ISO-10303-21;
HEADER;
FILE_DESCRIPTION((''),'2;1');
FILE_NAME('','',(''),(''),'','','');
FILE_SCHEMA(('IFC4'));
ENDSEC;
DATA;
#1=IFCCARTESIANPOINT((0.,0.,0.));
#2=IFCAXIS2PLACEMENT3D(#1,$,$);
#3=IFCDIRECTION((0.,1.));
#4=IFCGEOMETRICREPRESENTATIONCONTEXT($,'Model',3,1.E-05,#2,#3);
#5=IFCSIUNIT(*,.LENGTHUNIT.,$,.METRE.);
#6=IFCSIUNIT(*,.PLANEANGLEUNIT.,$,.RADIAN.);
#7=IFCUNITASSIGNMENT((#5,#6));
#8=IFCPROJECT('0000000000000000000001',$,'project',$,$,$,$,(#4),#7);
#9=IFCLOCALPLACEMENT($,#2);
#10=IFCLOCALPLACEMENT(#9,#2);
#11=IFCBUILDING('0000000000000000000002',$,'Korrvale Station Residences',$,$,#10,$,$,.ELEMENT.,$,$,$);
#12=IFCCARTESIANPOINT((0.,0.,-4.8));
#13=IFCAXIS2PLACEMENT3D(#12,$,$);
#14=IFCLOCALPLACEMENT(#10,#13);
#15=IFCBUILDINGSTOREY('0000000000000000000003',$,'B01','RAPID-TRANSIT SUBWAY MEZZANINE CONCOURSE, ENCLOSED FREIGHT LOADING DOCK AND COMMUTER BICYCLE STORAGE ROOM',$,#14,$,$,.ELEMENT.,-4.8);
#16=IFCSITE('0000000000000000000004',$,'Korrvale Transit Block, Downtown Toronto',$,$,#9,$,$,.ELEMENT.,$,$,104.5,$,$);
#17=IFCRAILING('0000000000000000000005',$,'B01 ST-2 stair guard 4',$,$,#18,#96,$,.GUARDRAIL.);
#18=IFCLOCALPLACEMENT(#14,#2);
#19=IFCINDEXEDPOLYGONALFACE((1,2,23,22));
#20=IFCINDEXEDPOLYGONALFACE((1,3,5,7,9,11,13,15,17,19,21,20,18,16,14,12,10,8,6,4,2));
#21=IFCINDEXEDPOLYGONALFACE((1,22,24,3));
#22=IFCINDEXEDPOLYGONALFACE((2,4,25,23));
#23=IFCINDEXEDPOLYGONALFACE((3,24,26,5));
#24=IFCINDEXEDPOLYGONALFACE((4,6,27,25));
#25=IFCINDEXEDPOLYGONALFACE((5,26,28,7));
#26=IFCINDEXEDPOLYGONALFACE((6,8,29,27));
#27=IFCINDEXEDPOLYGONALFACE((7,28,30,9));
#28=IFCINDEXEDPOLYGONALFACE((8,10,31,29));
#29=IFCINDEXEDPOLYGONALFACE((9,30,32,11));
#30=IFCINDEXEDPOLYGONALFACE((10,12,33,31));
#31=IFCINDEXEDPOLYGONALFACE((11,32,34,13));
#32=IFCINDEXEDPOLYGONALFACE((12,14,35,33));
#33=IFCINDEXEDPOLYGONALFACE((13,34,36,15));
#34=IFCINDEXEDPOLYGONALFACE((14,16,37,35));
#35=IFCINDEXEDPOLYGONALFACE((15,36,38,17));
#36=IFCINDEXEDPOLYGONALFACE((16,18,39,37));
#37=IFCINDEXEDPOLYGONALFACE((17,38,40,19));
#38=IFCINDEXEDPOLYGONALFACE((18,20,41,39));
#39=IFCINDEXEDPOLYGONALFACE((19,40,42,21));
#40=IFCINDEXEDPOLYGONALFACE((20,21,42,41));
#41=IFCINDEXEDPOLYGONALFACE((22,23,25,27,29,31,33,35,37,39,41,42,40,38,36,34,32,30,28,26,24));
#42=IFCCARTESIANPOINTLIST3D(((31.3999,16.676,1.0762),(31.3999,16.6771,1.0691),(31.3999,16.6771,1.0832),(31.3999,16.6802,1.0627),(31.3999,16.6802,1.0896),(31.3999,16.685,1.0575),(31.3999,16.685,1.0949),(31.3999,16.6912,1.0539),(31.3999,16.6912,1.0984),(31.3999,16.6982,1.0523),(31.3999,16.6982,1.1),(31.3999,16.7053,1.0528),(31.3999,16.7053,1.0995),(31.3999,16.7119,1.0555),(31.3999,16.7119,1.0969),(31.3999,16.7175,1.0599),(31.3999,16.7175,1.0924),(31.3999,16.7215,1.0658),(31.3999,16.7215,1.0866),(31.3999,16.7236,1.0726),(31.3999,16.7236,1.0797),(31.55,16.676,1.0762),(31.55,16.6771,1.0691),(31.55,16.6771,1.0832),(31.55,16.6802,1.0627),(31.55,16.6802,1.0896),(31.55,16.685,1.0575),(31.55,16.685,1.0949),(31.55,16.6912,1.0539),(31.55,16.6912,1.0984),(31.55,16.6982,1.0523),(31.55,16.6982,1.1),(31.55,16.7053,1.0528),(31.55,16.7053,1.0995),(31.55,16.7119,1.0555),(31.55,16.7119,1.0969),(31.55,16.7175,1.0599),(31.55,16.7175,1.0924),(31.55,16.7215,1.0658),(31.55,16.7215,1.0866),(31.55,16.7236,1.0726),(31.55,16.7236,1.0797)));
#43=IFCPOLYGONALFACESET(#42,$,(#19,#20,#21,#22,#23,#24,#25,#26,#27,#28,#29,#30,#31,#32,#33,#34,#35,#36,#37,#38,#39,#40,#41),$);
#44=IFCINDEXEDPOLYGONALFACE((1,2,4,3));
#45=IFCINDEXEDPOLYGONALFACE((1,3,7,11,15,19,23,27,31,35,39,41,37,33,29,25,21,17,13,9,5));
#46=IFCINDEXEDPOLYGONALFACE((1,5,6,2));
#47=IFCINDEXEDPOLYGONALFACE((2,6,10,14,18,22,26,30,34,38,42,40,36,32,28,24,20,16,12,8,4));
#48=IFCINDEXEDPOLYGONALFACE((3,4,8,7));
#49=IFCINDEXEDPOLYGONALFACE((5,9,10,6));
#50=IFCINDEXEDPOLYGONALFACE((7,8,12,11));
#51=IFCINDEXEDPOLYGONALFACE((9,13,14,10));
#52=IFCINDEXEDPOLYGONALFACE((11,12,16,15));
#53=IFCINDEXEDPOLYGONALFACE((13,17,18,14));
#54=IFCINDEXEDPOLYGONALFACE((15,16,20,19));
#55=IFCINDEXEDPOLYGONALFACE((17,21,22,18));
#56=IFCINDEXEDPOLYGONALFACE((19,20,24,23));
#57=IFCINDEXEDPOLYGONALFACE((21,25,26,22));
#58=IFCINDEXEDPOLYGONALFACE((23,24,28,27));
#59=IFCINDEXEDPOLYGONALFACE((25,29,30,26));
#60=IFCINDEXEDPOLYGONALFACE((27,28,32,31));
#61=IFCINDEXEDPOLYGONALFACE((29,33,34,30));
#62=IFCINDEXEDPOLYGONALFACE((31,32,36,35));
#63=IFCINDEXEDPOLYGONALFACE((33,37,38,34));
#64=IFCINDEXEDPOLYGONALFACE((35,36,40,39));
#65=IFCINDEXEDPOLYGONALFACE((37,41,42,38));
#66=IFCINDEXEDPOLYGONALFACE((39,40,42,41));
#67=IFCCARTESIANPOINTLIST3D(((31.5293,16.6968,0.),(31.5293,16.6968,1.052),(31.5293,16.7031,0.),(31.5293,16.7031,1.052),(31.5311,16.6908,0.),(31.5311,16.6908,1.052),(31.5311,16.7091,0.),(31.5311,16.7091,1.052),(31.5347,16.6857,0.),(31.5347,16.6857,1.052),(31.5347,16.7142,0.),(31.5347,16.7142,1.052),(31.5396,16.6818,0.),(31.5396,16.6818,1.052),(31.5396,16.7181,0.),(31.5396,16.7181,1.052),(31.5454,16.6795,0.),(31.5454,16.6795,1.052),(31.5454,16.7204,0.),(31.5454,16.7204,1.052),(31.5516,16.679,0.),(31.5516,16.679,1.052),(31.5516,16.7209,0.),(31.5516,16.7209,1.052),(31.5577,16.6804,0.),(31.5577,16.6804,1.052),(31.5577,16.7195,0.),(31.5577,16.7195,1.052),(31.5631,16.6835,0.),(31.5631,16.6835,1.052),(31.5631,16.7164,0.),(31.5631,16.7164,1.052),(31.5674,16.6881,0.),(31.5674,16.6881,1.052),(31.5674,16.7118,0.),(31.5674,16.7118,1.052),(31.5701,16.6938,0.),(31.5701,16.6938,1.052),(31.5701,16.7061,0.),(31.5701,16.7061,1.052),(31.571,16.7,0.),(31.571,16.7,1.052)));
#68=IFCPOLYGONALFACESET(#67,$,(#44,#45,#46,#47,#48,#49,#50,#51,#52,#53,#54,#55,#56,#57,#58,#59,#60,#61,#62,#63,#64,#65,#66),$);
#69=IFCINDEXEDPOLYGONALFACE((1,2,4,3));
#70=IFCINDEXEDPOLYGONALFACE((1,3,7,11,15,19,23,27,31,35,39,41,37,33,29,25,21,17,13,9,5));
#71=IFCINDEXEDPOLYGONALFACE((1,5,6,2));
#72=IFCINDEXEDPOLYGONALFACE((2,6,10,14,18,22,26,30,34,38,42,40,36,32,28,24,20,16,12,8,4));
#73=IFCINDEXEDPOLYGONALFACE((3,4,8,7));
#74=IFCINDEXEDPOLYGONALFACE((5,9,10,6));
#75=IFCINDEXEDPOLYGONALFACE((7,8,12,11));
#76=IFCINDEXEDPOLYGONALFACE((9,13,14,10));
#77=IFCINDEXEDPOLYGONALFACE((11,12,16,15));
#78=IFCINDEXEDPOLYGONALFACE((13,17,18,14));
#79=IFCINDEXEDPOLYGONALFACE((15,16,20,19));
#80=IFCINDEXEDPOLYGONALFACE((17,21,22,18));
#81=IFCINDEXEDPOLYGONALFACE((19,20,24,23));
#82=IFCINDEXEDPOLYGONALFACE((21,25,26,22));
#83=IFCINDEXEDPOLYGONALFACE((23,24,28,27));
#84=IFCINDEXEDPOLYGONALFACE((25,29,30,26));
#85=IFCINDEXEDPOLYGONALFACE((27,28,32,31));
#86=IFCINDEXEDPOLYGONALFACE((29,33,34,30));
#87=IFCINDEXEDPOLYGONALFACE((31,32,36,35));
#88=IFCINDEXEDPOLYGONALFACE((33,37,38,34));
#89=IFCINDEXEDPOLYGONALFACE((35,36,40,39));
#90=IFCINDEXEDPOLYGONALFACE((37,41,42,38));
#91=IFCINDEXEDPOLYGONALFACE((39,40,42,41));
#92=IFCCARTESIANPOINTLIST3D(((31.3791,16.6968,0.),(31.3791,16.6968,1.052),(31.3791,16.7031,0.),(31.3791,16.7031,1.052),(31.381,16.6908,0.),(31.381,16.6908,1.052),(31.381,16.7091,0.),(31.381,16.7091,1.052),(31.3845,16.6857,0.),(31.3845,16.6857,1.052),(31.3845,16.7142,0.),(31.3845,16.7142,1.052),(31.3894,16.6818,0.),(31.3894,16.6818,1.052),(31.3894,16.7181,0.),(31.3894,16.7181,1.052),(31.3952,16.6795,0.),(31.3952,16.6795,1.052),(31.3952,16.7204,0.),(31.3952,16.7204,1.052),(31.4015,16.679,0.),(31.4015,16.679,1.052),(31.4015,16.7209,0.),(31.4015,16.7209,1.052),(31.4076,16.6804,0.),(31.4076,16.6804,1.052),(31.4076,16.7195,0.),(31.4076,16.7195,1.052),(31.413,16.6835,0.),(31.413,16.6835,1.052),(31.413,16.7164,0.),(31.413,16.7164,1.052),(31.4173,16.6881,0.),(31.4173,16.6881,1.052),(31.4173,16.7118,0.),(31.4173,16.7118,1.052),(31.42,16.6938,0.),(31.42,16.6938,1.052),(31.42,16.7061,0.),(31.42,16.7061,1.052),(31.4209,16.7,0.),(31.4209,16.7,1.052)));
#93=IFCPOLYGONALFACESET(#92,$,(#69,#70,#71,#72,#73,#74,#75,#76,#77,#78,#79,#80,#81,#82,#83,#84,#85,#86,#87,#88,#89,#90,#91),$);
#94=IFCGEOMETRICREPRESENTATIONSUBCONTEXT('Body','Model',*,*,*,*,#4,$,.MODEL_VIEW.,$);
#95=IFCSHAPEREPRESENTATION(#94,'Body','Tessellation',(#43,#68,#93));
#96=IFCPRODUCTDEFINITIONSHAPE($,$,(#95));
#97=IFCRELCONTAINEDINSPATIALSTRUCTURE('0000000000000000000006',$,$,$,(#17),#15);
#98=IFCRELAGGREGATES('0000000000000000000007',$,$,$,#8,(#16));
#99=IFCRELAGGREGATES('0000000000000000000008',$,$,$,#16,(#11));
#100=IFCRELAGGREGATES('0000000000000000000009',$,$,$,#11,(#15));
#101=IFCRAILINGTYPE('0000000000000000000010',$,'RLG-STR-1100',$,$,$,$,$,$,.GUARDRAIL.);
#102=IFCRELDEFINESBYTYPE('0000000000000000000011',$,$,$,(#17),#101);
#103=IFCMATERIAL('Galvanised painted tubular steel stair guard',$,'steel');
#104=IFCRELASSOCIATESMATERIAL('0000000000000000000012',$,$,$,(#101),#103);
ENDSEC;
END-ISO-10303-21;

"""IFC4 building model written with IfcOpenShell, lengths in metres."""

from ifc_helpers import new_model, si_unit, direction, frame, origin, origin_2d, place, context, subcontext, project, spatial, circle, extrude, material, type_object, element, save


model = new_model("IFC4")

# Units and contexts
model_context = context("Model", 3, precision=1e-05, world=origin(), true_north=direction((0.0, 1.0)))
body_context = subcontext(model_context, "Body", "Model", "MODEL_VIEW")
ifc_project = project(units=[si_unit("LENGTHUNIT", "METRE"), si_unit("PLANEANGLEUNIT", "RADIAN")], contexts=[model_context])

# Site, building, storey
site_placement = place(None, origin())
site = spatial("IfcSite", under=ifc_project, at=site_placement, Name="Korrvale Transit Block, Downtown Toronto", CompositionType="ELEMENT", RefElevation=104.5)
building_placement = place(site_placement, origin())
building = spatial("IfcBuilding", under=site, at=building_placement, Name="Korrvale Station Residences", CompositionType="ELEMENT")
storey_placement = place(building_placement, frame((0.0, 0.0, -4.8)))
storey = spatial("IfcBuildingStorey", under=building, at=storey_placement, Name="B01", Description="RAPID-TRANSIT SUBWAY MEZZANINE CONCOURSE, ENCLOSED FREIGHT LOADING DOCK AND COMMUTER BICYCLE STORAGE ROOM", CompositionType="ELEMENT", Elevation=-4.8)

# Railing
ifc_material_1 = material(Name="Galvanised painted tubular steel stair guard", Category="steel")
railing_type_1 = type_object("IfcRailingType", Name="RLG-STR-1100", PredefinedType="GUARDRAIL", material=ifc_material_1)
railing_1_placement = place(storey_placement, frame((31.55, 16.7, 0.0)))
element("IfcRailing", 1, at=railing_1_placement, inside=storey, type_object=railing_type_1, Name="B01 ST-2 stair guard 4", PredefinedType="GUARDRAIL", context=body_context, shape_type="SweptSolid", body=[
    extrude(circle(Radius=0.0239, at=origin_2d()), frame((0.0, 0.0, 1.0762), z_axis=(-1.0, 0.0, 0.0), x_axis=(0.0, -1.0, 0.0)), (0.0, 0.0, 1.0), 0.1501),
    extrude(circle(Radius=0.021, at=origin_2d()), origin(), (0.0, 0.0, 1.0), 1.052),
    extrude(circle(Radius=0.021, at=origin_2d()), frame((-0.1501, 0.0, 0.0)), (0.0, 0.0, 1.0), 1.052),
])

save(model, "model.ifc")
